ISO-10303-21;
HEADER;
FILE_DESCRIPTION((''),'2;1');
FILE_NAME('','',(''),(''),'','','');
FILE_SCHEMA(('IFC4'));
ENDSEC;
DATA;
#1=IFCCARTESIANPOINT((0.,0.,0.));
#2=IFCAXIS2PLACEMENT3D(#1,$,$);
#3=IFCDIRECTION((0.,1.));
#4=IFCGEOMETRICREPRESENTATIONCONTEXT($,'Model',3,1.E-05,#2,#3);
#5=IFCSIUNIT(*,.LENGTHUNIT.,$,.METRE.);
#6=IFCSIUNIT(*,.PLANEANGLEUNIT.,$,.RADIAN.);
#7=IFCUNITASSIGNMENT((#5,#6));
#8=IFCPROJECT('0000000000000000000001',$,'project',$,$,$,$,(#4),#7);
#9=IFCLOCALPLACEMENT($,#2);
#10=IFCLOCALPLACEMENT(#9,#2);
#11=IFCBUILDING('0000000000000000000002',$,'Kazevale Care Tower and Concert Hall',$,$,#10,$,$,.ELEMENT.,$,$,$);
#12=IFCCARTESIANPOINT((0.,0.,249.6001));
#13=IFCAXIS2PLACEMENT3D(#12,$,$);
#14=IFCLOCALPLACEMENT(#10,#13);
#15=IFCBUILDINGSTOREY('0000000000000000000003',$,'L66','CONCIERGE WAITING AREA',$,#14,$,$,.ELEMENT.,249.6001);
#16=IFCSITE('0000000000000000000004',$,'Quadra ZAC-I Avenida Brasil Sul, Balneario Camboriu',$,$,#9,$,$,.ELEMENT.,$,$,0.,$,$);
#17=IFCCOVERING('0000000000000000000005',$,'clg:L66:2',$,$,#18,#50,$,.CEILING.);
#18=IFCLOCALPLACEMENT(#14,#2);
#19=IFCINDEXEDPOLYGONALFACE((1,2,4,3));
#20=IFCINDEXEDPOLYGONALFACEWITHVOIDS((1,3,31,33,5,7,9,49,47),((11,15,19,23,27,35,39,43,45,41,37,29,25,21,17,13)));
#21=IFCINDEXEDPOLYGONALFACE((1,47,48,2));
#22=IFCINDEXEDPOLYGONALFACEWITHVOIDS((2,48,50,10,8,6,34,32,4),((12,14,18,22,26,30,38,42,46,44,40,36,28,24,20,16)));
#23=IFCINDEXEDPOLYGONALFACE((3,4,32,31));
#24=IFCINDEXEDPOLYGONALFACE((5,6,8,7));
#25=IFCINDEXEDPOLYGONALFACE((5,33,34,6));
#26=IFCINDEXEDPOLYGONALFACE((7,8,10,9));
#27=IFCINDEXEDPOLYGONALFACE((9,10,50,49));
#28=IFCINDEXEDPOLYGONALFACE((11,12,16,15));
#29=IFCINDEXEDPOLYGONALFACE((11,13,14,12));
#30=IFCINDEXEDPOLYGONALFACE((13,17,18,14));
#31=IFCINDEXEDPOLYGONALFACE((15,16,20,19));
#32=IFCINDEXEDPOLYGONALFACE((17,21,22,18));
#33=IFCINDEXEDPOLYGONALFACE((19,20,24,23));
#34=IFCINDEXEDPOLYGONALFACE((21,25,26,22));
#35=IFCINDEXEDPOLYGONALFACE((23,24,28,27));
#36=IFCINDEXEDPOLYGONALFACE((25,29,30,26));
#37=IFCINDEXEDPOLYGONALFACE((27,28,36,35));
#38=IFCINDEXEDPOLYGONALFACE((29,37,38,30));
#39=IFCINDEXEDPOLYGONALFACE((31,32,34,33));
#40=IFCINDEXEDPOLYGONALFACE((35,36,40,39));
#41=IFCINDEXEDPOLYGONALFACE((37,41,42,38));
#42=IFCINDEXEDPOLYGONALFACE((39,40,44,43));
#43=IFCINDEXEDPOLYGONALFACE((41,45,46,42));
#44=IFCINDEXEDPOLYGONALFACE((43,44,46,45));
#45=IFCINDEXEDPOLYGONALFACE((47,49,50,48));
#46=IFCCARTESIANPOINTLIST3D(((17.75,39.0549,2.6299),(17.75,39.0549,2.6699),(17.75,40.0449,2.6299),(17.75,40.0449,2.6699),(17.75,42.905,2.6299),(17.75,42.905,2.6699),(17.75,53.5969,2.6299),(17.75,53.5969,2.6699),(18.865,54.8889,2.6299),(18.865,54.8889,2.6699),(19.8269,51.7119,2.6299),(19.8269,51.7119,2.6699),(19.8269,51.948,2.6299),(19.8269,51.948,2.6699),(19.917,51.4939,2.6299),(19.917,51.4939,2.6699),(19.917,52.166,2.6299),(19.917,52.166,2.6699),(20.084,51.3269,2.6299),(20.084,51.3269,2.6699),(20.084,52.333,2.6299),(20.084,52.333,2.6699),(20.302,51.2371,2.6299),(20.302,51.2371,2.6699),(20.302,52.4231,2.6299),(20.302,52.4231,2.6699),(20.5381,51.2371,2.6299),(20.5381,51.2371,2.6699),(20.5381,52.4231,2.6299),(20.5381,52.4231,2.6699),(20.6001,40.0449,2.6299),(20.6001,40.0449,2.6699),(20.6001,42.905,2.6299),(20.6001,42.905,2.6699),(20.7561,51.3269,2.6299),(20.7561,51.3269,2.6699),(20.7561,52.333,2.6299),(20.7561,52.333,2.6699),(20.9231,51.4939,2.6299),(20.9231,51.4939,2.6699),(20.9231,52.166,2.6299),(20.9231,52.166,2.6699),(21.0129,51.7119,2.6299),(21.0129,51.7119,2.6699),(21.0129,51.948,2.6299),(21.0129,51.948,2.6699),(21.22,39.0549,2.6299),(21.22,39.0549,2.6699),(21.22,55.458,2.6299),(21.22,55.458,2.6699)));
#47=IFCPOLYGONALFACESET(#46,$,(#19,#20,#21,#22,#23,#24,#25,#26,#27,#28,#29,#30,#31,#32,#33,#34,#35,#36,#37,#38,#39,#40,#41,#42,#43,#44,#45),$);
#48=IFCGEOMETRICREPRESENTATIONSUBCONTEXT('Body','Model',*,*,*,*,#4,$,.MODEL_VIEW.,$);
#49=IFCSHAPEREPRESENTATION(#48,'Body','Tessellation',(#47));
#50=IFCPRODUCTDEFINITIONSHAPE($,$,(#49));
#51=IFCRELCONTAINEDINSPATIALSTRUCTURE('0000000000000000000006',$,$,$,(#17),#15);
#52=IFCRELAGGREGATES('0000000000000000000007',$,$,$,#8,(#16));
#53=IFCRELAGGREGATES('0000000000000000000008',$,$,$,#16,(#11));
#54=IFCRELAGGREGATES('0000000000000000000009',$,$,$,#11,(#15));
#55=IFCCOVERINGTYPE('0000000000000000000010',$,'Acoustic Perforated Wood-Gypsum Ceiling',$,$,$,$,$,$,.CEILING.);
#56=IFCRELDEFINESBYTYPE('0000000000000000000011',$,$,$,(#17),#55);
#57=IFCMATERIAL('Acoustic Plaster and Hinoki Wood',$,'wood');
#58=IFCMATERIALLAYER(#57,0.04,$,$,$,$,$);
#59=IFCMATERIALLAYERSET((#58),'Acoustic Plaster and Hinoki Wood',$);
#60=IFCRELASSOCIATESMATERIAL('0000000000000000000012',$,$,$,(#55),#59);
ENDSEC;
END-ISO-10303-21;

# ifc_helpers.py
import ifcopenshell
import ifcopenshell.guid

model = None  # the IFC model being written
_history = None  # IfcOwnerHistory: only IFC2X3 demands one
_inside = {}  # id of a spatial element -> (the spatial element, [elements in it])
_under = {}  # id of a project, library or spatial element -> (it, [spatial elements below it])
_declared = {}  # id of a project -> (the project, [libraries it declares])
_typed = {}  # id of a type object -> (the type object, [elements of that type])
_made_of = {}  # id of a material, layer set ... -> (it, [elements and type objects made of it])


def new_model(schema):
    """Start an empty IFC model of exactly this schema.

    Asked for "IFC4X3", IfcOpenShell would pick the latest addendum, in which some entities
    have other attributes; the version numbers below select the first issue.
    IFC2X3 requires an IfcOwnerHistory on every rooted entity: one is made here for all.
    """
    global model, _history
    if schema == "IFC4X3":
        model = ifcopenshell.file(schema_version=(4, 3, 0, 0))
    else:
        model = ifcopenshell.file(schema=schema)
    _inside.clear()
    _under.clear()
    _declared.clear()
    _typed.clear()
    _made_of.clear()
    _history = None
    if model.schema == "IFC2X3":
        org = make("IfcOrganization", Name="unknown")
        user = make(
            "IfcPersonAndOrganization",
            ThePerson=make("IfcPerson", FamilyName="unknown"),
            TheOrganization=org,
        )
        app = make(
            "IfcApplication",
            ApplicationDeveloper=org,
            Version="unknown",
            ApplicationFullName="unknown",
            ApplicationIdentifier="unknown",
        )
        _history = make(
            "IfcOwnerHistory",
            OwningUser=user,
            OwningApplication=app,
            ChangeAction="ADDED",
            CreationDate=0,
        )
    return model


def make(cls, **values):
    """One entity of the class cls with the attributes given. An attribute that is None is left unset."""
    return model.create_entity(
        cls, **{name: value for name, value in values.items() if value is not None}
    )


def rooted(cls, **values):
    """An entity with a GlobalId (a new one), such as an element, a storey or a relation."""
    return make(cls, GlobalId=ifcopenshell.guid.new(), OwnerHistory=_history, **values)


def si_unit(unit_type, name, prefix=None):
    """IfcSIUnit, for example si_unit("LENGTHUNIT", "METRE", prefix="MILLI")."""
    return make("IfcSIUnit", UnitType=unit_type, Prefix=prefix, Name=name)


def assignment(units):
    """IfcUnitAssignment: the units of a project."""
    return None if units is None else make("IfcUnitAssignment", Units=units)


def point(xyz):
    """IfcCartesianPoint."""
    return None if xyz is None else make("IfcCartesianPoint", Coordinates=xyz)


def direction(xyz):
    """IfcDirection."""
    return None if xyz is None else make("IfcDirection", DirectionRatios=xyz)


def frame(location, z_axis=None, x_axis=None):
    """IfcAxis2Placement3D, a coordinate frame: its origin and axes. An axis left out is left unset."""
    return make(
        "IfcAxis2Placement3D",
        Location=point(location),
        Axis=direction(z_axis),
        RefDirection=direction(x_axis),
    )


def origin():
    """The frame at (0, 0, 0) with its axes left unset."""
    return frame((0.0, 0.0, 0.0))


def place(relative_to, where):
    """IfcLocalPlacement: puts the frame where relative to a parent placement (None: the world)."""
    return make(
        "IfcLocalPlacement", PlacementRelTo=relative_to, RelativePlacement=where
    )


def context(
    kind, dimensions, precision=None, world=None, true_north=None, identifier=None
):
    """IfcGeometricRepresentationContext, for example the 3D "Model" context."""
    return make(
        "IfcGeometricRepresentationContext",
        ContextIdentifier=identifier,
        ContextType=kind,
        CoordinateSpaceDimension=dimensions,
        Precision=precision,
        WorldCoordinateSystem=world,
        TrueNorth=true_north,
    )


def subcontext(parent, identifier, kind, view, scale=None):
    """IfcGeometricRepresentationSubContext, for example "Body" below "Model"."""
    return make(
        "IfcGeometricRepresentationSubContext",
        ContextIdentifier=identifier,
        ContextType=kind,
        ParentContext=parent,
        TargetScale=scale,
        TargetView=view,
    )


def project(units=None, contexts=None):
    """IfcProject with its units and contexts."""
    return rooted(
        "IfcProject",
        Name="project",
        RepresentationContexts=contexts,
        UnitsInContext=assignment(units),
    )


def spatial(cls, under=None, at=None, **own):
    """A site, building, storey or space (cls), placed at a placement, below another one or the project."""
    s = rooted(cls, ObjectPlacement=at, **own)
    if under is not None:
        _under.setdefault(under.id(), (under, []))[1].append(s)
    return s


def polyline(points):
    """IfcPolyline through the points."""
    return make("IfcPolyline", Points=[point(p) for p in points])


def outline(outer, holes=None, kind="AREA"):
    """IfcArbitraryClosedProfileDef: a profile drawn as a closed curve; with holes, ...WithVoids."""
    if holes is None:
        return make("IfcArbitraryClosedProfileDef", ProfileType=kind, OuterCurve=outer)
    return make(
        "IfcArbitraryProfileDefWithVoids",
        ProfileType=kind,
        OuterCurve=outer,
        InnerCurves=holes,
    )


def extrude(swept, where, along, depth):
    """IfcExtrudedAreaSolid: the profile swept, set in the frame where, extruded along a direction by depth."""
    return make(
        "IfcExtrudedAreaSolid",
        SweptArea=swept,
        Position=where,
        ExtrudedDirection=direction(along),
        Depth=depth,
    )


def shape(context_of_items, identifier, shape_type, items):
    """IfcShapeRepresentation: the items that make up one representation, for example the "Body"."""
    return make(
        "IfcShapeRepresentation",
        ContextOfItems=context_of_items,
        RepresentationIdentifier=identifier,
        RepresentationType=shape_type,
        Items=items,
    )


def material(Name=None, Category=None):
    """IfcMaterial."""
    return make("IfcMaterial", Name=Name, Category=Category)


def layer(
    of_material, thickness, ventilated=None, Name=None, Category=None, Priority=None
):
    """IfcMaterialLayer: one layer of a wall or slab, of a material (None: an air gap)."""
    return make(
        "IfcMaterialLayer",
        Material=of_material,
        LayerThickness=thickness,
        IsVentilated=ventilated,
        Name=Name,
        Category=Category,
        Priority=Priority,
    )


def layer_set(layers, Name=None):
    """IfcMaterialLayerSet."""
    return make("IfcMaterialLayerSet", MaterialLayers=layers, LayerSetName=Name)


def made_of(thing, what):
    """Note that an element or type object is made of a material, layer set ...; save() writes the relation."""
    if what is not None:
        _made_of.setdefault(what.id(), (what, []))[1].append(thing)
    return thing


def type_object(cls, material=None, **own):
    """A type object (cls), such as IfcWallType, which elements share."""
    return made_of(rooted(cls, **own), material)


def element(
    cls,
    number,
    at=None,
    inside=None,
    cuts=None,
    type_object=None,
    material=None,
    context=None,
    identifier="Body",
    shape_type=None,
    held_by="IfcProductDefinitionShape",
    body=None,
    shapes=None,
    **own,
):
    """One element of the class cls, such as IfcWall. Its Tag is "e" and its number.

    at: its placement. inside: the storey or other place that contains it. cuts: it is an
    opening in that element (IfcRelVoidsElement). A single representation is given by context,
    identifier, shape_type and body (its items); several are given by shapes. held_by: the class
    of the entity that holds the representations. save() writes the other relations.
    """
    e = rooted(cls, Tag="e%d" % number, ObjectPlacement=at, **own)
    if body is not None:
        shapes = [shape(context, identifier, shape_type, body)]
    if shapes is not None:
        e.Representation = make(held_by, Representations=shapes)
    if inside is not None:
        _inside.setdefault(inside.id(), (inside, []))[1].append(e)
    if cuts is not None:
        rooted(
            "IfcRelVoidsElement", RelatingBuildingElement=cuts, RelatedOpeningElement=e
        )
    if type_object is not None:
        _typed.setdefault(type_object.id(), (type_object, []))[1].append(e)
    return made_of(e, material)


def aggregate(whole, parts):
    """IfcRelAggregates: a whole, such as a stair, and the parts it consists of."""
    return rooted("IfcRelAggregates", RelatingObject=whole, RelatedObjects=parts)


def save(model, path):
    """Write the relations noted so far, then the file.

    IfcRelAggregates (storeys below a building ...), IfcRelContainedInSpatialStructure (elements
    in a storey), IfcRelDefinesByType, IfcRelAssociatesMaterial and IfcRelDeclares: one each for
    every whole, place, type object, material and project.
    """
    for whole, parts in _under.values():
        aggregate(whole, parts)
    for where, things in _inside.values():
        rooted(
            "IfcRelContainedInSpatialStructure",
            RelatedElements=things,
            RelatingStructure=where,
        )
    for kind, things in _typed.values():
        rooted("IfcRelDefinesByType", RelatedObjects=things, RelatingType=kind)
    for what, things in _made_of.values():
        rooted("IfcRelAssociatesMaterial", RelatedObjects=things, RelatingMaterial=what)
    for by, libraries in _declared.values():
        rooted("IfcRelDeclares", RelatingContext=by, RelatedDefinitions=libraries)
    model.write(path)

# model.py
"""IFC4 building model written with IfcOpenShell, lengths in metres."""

from ifc_helpers import new_model, si_unit, direction, frame, origin, place, context, subcontext, project, spatial, polyline, outline, extrude, material, layer, layer_set, type_object, element, save


model = new_model("IFC4")

# Units and contexts
model_context = context("Model", 3, precision=1e-05, world=origin(), true_north=direction((0.0, 1.0)))
body_context = subcontext(model_context, "Body", "Model", "MODEL_VIEW")
ifc_project = project(units=[si_unit("LENGTHUNIT", "METRE"), si_unit("PLANEANGLEUNIT", "RADIAN")], contexts=[model_context])

# Site, building, storey
site_placement = place(None, origin())
site = spatial("IfcSite", under=ifc_project, at=site_placement, Name="Quadra ZAC-I Avenida Brasil Sul, Balneario Camboriu", CompositionType="ELEMENT", RefElevation=0.0)
building_placement = place(site_placement, origin())
building = spatial("IfcBuilding", under=site, at=building_placement, Name="Kazevale Care Tower and Concert Hall", CompositionType="ELEMENT")
storey_placement = place(building_placement, frame((0.0, 0.0, 249.6001)))
storey = spatial("IfcBuildingStorey", under=building, at=storey_placement, Name="L66", Description="CONCIERGE WAITING AREA", CompositionType="ELEMENT", Elevation=249.6001)

# Covering
ifc_material_1 = material(Name="Acoustic Plaster and Hinoki Wood", Category="wood")
ifc_layer_1 = layer(ifc_material_1, 0.04)
ifc_layer_set_1 = layer_set([ifc_layer_1], Name="Acoustic Plaster and Hinoki Wood")
covering_type = type_object("IfcCoveringType", Name="Acoustic Perforated Wood-Gypsum Ceiling", PredefinedType="CEILING", material=ifc_layer_set_1)
covering_1_placement = place(storey_placement, frame((0.0, 0.0, 2.6299)))
element("IfcCovering", 1, at=covering_1_placement, inside=storey, type_object=covering_type, Name="clg:L66:2", PredefinedType="CEILING", context=body_context, shape_type="SweptSolid", body=[
    extrude(outline(polyline([(17.75, 40.0449), (20.6001, 40.0449), (20.6001, 42.905), (17.75, 42.905), (17.75, 53.5969), (18.865, 54.8889), (21.22, 55.458), (21.22, 39.0549), (17.75, 39.0549), (17.75, 40.0449)]), holes=[polyline([(21.0129, 51.948), (20.9231, 52.166), (20.7561, 52.333), (20.5381, 52.4231), (20.302, 52.4231), (20.084, 52.333), (19.917, 52.166), (19.8269, 51.948), (19.8269, 51.7119), (19.917, 51.4939), (20.084, 51.3269), (20.302, 51.2371), (20.5381, 51.2371), (20.7561, 51.3269), (20.9231, 51.4939), (21.0129, 51.7119), (21.0129, 51.948)])]), origin(), (0.0, 0.0, 1.0), 0.04),
])

save(model, "model.ifc")
